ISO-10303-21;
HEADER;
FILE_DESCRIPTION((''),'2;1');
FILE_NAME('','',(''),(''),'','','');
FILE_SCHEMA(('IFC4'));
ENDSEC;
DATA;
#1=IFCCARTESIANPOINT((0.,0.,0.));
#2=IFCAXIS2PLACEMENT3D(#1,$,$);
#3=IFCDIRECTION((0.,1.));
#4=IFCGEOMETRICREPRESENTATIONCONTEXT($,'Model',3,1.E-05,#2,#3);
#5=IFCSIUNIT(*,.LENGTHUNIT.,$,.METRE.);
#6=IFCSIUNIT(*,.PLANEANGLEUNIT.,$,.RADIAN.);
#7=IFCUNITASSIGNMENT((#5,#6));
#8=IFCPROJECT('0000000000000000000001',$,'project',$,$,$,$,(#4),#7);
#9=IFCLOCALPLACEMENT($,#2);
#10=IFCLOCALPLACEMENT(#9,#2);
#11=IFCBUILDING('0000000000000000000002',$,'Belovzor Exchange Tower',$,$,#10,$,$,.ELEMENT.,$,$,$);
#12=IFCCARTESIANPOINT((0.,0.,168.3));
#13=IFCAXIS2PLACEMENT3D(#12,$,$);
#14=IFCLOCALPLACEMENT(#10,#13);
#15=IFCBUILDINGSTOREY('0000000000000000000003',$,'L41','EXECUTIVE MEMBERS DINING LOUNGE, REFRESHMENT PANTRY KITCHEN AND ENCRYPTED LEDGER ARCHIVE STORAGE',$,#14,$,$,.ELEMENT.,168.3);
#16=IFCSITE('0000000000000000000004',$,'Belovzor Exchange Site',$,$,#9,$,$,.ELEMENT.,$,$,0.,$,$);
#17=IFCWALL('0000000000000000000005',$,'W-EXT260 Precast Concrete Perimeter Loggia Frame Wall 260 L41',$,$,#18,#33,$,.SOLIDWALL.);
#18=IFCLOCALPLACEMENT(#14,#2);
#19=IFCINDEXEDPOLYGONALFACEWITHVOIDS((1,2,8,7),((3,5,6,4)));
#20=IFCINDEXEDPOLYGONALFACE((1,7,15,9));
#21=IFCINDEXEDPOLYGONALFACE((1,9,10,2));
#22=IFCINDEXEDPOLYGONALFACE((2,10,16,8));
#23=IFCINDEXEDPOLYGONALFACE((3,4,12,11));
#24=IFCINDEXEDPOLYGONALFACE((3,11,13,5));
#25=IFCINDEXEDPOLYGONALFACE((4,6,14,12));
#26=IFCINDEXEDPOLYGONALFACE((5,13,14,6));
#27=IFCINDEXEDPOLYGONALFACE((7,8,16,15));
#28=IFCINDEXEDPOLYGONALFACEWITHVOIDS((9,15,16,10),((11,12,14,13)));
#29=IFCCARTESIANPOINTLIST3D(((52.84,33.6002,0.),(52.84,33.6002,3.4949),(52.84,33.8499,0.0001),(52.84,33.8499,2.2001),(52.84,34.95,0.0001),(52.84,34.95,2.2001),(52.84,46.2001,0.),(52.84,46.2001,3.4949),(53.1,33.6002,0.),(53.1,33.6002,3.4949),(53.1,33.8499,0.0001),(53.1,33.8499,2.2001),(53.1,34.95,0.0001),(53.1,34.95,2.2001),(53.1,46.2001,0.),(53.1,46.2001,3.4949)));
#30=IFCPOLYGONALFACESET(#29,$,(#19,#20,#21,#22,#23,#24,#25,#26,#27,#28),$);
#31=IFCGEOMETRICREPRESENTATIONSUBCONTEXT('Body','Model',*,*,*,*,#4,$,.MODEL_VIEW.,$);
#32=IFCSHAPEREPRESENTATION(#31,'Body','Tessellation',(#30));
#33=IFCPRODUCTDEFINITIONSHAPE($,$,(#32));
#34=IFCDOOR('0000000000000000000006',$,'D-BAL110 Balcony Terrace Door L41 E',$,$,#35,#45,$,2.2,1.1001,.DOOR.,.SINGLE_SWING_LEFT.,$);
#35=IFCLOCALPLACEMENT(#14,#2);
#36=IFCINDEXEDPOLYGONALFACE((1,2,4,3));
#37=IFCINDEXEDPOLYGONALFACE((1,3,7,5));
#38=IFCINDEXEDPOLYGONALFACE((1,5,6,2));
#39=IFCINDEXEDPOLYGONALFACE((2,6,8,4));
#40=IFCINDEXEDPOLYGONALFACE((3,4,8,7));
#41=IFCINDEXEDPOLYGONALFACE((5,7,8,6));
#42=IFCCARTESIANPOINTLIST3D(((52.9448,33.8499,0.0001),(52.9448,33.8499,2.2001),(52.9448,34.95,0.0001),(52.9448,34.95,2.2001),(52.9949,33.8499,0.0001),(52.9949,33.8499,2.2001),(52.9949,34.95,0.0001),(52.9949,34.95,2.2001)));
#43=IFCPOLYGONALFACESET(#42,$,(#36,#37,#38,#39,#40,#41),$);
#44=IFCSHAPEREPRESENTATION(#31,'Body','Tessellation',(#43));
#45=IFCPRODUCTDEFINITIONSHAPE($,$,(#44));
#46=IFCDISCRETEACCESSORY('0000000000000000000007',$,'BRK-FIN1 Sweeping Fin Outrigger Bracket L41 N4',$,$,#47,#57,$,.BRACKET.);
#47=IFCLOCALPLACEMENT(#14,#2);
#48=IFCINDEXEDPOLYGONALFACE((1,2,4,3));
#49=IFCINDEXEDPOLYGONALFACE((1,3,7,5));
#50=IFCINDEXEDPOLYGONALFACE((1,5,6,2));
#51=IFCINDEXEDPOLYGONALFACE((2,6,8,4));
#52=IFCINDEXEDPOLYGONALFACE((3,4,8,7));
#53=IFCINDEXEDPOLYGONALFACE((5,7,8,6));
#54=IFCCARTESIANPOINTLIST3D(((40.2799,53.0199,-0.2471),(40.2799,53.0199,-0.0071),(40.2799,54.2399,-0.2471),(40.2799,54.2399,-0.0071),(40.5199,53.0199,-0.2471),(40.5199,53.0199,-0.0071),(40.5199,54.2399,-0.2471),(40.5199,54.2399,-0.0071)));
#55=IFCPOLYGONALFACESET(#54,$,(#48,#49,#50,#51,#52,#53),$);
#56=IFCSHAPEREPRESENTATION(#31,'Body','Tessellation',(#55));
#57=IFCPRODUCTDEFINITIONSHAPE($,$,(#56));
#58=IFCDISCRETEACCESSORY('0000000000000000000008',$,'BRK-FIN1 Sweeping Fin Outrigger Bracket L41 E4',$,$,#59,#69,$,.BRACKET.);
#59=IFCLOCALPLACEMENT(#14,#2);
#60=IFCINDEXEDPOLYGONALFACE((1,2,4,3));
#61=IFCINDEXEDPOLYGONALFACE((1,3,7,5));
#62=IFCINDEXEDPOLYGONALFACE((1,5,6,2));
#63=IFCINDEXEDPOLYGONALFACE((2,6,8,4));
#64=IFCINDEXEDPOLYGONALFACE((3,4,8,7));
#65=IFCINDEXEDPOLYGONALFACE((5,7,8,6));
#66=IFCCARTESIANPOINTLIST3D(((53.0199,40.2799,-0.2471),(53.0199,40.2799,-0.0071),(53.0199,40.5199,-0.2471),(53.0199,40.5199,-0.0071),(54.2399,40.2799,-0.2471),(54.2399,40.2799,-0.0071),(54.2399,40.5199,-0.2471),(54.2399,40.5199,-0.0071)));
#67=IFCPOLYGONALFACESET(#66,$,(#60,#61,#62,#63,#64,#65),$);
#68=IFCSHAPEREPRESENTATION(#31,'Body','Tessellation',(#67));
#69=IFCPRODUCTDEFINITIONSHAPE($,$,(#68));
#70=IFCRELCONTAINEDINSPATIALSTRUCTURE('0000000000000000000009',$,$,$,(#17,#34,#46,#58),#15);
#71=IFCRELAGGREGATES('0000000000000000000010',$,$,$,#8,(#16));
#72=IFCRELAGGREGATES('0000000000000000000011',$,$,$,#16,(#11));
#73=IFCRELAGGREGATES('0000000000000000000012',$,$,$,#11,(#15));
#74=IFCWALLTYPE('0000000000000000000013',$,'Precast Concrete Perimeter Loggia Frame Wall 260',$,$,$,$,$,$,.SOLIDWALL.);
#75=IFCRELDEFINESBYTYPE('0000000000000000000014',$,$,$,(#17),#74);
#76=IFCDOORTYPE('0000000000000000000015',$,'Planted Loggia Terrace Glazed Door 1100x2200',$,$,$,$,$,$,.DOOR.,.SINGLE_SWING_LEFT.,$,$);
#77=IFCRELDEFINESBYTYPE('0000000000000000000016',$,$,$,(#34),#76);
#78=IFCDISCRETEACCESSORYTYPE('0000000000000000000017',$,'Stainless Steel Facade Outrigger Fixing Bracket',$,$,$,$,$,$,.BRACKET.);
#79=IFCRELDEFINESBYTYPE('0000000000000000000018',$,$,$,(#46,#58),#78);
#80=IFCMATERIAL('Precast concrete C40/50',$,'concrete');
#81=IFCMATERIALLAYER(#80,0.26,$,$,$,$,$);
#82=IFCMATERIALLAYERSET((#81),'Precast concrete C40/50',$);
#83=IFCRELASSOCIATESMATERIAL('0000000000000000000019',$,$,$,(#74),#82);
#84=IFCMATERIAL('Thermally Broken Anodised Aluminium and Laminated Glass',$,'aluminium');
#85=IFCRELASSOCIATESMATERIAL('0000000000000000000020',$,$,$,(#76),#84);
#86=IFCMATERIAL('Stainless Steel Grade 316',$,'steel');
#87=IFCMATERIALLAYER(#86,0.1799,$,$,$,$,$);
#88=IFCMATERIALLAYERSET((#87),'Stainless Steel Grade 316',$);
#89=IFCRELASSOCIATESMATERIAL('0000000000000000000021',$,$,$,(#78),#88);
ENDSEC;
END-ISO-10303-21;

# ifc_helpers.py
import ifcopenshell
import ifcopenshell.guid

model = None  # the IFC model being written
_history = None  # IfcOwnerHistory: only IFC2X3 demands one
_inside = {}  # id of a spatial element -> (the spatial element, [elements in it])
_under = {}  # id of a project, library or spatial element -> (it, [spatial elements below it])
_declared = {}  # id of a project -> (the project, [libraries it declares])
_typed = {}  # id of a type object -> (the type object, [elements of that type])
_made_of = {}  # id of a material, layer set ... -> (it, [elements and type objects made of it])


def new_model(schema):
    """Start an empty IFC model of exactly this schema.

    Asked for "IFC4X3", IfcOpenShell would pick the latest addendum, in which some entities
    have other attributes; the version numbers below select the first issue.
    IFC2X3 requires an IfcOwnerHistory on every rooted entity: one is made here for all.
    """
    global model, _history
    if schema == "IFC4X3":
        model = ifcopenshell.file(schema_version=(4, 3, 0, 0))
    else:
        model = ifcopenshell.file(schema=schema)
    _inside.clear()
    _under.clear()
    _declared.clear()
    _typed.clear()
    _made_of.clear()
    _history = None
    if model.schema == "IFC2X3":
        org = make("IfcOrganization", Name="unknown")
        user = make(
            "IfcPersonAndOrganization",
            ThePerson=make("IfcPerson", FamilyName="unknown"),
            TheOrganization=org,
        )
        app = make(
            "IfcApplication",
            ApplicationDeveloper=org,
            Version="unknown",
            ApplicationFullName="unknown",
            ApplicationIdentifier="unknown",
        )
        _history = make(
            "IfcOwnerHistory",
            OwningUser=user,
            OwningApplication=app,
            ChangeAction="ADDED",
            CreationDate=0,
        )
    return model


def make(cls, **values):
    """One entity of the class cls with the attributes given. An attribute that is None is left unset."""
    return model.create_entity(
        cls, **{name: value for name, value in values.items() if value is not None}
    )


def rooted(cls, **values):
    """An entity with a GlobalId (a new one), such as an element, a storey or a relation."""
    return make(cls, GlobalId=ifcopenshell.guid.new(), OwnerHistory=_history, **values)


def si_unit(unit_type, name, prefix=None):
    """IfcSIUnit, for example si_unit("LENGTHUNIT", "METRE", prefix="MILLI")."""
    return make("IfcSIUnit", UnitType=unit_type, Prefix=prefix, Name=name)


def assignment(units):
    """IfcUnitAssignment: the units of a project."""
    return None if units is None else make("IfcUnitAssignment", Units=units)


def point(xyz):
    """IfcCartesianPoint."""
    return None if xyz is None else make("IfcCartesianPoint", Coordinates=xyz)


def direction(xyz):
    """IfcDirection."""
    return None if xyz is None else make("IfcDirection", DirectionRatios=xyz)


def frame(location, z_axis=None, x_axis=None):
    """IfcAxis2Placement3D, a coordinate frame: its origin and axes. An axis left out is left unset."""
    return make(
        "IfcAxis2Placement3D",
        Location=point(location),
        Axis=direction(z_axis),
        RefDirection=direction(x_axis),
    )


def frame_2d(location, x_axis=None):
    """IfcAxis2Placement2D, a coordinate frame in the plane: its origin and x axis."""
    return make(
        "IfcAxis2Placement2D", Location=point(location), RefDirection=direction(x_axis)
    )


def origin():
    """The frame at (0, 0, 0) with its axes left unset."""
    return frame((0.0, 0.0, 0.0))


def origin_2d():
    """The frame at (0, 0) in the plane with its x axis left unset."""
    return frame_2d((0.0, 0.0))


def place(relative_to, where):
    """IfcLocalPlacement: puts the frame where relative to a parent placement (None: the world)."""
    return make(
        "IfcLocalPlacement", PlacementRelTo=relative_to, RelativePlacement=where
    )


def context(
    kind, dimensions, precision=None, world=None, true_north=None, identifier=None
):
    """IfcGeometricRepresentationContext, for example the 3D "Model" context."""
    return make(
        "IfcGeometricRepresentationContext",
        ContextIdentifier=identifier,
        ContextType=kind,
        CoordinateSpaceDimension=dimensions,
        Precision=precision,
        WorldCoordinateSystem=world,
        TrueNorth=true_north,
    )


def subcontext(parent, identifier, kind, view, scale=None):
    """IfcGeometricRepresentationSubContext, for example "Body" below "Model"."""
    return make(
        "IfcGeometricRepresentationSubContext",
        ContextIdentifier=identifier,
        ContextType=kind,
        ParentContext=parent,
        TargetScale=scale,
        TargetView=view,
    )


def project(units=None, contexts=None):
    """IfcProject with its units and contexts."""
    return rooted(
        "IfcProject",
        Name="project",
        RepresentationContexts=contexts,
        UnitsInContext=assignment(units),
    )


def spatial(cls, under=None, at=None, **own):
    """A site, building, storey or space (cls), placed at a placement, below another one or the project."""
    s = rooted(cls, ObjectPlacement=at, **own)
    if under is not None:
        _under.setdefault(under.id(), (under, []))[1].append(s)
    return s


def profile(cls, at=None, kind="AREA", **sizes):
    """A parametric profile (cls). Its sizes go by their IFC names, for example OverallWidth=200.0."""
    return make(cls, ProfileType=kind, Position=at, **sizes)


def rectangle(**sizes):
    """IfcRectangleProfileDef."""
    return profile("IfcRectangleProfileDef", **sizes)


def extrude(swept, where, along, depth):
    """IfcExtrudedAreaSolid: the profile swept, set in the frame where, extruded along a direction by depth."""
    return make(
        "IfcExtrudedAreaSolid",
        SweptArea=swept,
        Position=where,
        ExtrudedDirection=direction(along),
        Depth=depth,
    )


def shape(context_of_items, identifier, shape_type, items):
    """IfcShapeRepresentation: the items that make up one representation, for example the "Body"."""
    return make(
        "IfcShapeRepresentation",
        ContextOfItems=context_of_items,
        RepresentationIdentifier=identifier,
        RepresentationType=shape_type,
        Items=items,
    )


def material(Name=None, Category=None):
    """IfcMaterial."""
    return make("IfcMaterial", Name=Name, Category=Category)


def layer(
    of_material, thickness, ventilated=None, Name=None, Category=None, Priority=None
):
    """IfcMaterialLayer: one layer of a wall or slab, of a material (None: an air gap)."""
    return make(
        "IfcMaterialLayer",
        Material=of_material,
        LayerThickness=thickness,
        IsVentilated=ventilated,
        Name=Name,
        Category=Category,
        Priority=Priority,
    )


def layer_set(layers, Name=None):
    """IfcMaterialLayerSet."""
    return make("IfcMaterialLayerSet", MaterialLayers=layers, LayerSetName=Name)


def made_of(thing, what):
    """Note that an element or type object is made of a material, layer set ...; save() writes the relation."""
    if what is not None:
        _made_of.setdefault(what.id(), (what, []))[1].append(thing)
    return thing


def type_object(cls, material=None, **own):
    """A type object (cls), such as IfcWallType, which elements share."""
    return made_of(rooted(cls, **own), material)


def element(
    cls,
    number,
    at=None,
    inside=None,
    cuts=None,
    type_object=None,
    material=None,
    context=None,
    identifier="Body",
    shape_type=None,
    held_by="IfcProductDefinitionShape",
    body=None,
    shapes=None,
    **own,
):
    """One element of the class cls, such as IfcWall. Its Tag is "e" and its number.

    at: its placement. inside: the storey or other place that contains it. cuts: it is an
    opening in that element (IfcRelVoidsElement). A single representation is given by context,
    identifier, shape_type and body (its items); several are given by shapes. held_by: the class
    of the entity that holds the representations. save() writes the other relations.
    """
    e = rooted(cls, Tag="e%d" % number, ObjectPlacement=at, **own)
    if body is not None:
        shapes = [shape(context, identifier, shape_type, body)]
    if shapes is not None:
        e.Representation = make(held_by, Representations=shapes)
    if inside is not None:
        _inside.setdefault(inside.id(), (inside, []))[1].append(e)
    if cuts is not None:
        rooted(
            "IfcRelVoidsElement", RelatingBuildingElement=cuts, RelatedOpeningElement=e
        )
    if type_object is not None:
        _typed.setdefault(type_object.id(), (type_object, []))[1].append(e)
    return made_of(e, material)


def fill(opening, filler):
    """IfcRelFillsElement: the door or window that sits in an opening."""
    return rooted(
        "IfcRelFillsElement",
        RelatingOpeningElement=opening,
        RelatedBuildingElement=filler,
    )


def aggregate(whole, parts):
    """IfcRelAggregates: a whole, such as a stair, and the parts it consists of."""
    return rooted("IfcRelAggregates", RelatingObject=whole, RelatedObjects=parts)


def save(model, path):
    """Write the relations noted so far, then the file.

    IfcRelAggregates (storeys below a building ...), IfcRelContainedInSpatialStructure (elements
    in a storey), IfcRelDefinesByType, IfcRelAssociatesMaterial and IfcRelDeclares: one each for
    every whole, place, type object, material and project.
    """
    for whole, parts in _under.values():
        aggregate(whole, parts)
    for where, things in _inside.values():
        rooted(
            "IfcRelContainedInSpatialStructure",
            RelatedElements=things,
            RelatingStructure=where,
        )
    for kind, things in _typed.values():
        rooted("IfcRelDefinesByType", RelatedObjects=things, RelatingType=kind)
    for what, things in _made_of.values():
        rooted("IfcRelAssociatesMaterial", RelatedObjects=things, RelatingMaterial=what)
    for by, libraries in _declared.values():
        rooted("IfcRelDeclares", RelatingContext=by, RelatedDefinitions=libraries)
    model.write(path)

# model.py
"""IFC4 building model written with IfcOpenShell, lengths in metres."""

from ifc_helpers import new_model, si_unit, direction, frame, frame_2d, origin, origin_2d, place, context, subcontext, project, spatial, rectangle, extrude, material, layer, layer_set, type_object, element, fill, save


model = new_model("IFC4")

# Units and contexts
model_context = context("Model", 3, precision=1e-05, world=origin(), true_north=direction((0.0, 1.0)))
body_context = subcontext(model_context, "Body", "Model", "MODEL_VIEW")
ifc_project = project(units=[si_unit("LENGTHUNIT", "METRE"), si_unit("PLANEANGLEUNIT", "RADIAN")], contexts=[model_context])

# Site, building, storey
site_placement = place(None, origin())
site = spatial("IfcSite", under=ifc_project, at=site_placement, Name="Belovzor Exchange Site", CompositionType="ELEMENT", RefElevation=0.0)
building_placement = place(site_placement, origin())
building = spatial("IfcBuilding", under=site, at=building_placement, Name="Belovzor Exchange Tower", CompositionType="ELEMENT")
storey_placement = place(building_placement, frame((0.0, 0.0, 168.3)))
storey = spatial("IfcBuildingStorey", under=building, at=storey_placement, Name="L41", Description="EXECUTIVE MEMBERS DINING LOUNGE, REFRESHMENT PANTRY KITCHEN AND ENCRYPTED LEDGER ARCHIVE STORAGE", CompositionType="ELEMENT", Elevation=168.3)

# Wall, opening, door
ifc_material_1 = material(Name="Precast concrete C40/50", Category="concrete")
ifc_layer_1 = layer(ifc_material_1, 0.26)
ifc_layer_set_1 = layer_set([ifc_layer_1], Name="Precast concrete C40/50")
wall_type_1 = type_object("IfcWallType", Name="Precast Concrete Perimeter Loggia Frame Wall 260", PredefinedType="SOLIDWALL", material=ifc_layer_set_1)
wall_1_placement = place(storey_placement, frame((52.97, 46.2, 0.0), z_axis=(0.0, 0.0, 1.0), x_axis=(0.0, -1.0, 0.0)))
wall_1 = element("IfcWall", 1, at=wall_1_placement, inside=storey, type_object=wall_type_1, Name="W-EXT260 Precast Concrete Perimeter Loggia Frame Wall 260 L41", PredefinedType="SOLIDWALL", context=body_context, shape_type="SweptSolid", body=[
    extrude(rectangle(XDim=12.5999, YDim=0.26, at=frame_2d((6.2998, 0.0))), origin(), (0.0, 0.0, 1.0), 3.4949),
])
opening_1_placement = place(wall_1_placement, frame((11.25, 0.0, 0.0)))
opening_1 = element("IfcOpeningElement", 2, at=opening_1_placement, cuts=wall_1, PredefinedType="OPENING", context=body_context, shape_type="SweptSolid", body=[
    extrude(rectangle(XDim=1.1001, YDim=2.2, at=frame_2d((0.55, 1.1001))), frame((0.0, 0.1399, 0.0), z_axis=(0.0, -1.0, 0.0), x_axis=(1.0, 0.0, 0.0)), (0.0, 0.0, 1.0), 0.28),
])
ifc_material_2 = material(Name="Thermally Broken Anodised Aluminium and Laminated Glass", Category="aluminium")
door_type_1 = type_object("IfcDoorType", Name="Planted Loggia Terrace Glazed Door 1100x2200", OperationType="SINGLE_SWING_LEFT", PredefinedType="DOOR", material=ifc_material_2)
door_1_placement = place(opening_1_placement, origin())
door_1 = element("IfcDoor", 3, at=door_1_placement, inside=storey, type_object=door_type_1, Name="D-BAL110 Balcony Terrace Door L41 E", OperationType="SINGLE_SWING_LEFT", OverallHeight=2.2, OverallWidth=1.1001, PredefinedType="DOOR", context=body_context, shape_type="SweptSolid", body=[
    extrude(rectangle(XDim=1.1001, YDim=2.2, at=frame_2d((0.55, 1.1001))), frame((0.0, 0.0249, 0.0), z_axis=(0.0, -1.0, 0.0), x_axis=(1.0, 0.0, 0.0)), (0.0, 0.0, 1.0), 0.05),
])
fill(opening_1, door_1)

# Discrete accessories
ifc_material_3 = material(Name="Stainless Steel Grade 316", Category="steel")
ifc_layer_2 = layer(ifc_material_3, 0.1799)
ifc_layer_set_2 = layer_set([ifc_layer_2], Name="Stainless Steel Grade 316")
discrete_accessory_type = type_object("IfcDiscreteAccessoryType", Name="Stainless Steel Facade Outrigger Fixing Bracket", PredefinedType="BRACKET", material=ifc_layer_set_2)
for number, where, z_axis, x_axis, name in (
    (4, (40.3999, 53.6299, -0.2471), (0.0, 0.0, 1.0), (0.0, 1.0, 0.0), "BRK-FIN1 Sweeping Fin Outrigger Bracket L41 N4"),
    (5, (53.6299, 40.3999, -0.2471), (0.0, 0.0, 1.0), (1.0, 0.0, 0.0), "BRK-FIN1 Sweeping Fin Outrigger Bracket L41 E4"),
):
    element("IfcDiscreteAccessory", number, at=place(storey_placement, frame(where, z_axis=z_axis, x_axis=x_axis)), inside=storey, type_object=discrete_accessory_type, Name=name, PredefinedType="BRACKET", context=body_context, shape_type="SweptSolid", body=[
        extrude(rectangle(XDim=1.22, YDim=0.24, at=origin_2d()), origin(), (0.0, 0.0, 1.0), 0.24),
    ])

save(model, "model.ifc")
